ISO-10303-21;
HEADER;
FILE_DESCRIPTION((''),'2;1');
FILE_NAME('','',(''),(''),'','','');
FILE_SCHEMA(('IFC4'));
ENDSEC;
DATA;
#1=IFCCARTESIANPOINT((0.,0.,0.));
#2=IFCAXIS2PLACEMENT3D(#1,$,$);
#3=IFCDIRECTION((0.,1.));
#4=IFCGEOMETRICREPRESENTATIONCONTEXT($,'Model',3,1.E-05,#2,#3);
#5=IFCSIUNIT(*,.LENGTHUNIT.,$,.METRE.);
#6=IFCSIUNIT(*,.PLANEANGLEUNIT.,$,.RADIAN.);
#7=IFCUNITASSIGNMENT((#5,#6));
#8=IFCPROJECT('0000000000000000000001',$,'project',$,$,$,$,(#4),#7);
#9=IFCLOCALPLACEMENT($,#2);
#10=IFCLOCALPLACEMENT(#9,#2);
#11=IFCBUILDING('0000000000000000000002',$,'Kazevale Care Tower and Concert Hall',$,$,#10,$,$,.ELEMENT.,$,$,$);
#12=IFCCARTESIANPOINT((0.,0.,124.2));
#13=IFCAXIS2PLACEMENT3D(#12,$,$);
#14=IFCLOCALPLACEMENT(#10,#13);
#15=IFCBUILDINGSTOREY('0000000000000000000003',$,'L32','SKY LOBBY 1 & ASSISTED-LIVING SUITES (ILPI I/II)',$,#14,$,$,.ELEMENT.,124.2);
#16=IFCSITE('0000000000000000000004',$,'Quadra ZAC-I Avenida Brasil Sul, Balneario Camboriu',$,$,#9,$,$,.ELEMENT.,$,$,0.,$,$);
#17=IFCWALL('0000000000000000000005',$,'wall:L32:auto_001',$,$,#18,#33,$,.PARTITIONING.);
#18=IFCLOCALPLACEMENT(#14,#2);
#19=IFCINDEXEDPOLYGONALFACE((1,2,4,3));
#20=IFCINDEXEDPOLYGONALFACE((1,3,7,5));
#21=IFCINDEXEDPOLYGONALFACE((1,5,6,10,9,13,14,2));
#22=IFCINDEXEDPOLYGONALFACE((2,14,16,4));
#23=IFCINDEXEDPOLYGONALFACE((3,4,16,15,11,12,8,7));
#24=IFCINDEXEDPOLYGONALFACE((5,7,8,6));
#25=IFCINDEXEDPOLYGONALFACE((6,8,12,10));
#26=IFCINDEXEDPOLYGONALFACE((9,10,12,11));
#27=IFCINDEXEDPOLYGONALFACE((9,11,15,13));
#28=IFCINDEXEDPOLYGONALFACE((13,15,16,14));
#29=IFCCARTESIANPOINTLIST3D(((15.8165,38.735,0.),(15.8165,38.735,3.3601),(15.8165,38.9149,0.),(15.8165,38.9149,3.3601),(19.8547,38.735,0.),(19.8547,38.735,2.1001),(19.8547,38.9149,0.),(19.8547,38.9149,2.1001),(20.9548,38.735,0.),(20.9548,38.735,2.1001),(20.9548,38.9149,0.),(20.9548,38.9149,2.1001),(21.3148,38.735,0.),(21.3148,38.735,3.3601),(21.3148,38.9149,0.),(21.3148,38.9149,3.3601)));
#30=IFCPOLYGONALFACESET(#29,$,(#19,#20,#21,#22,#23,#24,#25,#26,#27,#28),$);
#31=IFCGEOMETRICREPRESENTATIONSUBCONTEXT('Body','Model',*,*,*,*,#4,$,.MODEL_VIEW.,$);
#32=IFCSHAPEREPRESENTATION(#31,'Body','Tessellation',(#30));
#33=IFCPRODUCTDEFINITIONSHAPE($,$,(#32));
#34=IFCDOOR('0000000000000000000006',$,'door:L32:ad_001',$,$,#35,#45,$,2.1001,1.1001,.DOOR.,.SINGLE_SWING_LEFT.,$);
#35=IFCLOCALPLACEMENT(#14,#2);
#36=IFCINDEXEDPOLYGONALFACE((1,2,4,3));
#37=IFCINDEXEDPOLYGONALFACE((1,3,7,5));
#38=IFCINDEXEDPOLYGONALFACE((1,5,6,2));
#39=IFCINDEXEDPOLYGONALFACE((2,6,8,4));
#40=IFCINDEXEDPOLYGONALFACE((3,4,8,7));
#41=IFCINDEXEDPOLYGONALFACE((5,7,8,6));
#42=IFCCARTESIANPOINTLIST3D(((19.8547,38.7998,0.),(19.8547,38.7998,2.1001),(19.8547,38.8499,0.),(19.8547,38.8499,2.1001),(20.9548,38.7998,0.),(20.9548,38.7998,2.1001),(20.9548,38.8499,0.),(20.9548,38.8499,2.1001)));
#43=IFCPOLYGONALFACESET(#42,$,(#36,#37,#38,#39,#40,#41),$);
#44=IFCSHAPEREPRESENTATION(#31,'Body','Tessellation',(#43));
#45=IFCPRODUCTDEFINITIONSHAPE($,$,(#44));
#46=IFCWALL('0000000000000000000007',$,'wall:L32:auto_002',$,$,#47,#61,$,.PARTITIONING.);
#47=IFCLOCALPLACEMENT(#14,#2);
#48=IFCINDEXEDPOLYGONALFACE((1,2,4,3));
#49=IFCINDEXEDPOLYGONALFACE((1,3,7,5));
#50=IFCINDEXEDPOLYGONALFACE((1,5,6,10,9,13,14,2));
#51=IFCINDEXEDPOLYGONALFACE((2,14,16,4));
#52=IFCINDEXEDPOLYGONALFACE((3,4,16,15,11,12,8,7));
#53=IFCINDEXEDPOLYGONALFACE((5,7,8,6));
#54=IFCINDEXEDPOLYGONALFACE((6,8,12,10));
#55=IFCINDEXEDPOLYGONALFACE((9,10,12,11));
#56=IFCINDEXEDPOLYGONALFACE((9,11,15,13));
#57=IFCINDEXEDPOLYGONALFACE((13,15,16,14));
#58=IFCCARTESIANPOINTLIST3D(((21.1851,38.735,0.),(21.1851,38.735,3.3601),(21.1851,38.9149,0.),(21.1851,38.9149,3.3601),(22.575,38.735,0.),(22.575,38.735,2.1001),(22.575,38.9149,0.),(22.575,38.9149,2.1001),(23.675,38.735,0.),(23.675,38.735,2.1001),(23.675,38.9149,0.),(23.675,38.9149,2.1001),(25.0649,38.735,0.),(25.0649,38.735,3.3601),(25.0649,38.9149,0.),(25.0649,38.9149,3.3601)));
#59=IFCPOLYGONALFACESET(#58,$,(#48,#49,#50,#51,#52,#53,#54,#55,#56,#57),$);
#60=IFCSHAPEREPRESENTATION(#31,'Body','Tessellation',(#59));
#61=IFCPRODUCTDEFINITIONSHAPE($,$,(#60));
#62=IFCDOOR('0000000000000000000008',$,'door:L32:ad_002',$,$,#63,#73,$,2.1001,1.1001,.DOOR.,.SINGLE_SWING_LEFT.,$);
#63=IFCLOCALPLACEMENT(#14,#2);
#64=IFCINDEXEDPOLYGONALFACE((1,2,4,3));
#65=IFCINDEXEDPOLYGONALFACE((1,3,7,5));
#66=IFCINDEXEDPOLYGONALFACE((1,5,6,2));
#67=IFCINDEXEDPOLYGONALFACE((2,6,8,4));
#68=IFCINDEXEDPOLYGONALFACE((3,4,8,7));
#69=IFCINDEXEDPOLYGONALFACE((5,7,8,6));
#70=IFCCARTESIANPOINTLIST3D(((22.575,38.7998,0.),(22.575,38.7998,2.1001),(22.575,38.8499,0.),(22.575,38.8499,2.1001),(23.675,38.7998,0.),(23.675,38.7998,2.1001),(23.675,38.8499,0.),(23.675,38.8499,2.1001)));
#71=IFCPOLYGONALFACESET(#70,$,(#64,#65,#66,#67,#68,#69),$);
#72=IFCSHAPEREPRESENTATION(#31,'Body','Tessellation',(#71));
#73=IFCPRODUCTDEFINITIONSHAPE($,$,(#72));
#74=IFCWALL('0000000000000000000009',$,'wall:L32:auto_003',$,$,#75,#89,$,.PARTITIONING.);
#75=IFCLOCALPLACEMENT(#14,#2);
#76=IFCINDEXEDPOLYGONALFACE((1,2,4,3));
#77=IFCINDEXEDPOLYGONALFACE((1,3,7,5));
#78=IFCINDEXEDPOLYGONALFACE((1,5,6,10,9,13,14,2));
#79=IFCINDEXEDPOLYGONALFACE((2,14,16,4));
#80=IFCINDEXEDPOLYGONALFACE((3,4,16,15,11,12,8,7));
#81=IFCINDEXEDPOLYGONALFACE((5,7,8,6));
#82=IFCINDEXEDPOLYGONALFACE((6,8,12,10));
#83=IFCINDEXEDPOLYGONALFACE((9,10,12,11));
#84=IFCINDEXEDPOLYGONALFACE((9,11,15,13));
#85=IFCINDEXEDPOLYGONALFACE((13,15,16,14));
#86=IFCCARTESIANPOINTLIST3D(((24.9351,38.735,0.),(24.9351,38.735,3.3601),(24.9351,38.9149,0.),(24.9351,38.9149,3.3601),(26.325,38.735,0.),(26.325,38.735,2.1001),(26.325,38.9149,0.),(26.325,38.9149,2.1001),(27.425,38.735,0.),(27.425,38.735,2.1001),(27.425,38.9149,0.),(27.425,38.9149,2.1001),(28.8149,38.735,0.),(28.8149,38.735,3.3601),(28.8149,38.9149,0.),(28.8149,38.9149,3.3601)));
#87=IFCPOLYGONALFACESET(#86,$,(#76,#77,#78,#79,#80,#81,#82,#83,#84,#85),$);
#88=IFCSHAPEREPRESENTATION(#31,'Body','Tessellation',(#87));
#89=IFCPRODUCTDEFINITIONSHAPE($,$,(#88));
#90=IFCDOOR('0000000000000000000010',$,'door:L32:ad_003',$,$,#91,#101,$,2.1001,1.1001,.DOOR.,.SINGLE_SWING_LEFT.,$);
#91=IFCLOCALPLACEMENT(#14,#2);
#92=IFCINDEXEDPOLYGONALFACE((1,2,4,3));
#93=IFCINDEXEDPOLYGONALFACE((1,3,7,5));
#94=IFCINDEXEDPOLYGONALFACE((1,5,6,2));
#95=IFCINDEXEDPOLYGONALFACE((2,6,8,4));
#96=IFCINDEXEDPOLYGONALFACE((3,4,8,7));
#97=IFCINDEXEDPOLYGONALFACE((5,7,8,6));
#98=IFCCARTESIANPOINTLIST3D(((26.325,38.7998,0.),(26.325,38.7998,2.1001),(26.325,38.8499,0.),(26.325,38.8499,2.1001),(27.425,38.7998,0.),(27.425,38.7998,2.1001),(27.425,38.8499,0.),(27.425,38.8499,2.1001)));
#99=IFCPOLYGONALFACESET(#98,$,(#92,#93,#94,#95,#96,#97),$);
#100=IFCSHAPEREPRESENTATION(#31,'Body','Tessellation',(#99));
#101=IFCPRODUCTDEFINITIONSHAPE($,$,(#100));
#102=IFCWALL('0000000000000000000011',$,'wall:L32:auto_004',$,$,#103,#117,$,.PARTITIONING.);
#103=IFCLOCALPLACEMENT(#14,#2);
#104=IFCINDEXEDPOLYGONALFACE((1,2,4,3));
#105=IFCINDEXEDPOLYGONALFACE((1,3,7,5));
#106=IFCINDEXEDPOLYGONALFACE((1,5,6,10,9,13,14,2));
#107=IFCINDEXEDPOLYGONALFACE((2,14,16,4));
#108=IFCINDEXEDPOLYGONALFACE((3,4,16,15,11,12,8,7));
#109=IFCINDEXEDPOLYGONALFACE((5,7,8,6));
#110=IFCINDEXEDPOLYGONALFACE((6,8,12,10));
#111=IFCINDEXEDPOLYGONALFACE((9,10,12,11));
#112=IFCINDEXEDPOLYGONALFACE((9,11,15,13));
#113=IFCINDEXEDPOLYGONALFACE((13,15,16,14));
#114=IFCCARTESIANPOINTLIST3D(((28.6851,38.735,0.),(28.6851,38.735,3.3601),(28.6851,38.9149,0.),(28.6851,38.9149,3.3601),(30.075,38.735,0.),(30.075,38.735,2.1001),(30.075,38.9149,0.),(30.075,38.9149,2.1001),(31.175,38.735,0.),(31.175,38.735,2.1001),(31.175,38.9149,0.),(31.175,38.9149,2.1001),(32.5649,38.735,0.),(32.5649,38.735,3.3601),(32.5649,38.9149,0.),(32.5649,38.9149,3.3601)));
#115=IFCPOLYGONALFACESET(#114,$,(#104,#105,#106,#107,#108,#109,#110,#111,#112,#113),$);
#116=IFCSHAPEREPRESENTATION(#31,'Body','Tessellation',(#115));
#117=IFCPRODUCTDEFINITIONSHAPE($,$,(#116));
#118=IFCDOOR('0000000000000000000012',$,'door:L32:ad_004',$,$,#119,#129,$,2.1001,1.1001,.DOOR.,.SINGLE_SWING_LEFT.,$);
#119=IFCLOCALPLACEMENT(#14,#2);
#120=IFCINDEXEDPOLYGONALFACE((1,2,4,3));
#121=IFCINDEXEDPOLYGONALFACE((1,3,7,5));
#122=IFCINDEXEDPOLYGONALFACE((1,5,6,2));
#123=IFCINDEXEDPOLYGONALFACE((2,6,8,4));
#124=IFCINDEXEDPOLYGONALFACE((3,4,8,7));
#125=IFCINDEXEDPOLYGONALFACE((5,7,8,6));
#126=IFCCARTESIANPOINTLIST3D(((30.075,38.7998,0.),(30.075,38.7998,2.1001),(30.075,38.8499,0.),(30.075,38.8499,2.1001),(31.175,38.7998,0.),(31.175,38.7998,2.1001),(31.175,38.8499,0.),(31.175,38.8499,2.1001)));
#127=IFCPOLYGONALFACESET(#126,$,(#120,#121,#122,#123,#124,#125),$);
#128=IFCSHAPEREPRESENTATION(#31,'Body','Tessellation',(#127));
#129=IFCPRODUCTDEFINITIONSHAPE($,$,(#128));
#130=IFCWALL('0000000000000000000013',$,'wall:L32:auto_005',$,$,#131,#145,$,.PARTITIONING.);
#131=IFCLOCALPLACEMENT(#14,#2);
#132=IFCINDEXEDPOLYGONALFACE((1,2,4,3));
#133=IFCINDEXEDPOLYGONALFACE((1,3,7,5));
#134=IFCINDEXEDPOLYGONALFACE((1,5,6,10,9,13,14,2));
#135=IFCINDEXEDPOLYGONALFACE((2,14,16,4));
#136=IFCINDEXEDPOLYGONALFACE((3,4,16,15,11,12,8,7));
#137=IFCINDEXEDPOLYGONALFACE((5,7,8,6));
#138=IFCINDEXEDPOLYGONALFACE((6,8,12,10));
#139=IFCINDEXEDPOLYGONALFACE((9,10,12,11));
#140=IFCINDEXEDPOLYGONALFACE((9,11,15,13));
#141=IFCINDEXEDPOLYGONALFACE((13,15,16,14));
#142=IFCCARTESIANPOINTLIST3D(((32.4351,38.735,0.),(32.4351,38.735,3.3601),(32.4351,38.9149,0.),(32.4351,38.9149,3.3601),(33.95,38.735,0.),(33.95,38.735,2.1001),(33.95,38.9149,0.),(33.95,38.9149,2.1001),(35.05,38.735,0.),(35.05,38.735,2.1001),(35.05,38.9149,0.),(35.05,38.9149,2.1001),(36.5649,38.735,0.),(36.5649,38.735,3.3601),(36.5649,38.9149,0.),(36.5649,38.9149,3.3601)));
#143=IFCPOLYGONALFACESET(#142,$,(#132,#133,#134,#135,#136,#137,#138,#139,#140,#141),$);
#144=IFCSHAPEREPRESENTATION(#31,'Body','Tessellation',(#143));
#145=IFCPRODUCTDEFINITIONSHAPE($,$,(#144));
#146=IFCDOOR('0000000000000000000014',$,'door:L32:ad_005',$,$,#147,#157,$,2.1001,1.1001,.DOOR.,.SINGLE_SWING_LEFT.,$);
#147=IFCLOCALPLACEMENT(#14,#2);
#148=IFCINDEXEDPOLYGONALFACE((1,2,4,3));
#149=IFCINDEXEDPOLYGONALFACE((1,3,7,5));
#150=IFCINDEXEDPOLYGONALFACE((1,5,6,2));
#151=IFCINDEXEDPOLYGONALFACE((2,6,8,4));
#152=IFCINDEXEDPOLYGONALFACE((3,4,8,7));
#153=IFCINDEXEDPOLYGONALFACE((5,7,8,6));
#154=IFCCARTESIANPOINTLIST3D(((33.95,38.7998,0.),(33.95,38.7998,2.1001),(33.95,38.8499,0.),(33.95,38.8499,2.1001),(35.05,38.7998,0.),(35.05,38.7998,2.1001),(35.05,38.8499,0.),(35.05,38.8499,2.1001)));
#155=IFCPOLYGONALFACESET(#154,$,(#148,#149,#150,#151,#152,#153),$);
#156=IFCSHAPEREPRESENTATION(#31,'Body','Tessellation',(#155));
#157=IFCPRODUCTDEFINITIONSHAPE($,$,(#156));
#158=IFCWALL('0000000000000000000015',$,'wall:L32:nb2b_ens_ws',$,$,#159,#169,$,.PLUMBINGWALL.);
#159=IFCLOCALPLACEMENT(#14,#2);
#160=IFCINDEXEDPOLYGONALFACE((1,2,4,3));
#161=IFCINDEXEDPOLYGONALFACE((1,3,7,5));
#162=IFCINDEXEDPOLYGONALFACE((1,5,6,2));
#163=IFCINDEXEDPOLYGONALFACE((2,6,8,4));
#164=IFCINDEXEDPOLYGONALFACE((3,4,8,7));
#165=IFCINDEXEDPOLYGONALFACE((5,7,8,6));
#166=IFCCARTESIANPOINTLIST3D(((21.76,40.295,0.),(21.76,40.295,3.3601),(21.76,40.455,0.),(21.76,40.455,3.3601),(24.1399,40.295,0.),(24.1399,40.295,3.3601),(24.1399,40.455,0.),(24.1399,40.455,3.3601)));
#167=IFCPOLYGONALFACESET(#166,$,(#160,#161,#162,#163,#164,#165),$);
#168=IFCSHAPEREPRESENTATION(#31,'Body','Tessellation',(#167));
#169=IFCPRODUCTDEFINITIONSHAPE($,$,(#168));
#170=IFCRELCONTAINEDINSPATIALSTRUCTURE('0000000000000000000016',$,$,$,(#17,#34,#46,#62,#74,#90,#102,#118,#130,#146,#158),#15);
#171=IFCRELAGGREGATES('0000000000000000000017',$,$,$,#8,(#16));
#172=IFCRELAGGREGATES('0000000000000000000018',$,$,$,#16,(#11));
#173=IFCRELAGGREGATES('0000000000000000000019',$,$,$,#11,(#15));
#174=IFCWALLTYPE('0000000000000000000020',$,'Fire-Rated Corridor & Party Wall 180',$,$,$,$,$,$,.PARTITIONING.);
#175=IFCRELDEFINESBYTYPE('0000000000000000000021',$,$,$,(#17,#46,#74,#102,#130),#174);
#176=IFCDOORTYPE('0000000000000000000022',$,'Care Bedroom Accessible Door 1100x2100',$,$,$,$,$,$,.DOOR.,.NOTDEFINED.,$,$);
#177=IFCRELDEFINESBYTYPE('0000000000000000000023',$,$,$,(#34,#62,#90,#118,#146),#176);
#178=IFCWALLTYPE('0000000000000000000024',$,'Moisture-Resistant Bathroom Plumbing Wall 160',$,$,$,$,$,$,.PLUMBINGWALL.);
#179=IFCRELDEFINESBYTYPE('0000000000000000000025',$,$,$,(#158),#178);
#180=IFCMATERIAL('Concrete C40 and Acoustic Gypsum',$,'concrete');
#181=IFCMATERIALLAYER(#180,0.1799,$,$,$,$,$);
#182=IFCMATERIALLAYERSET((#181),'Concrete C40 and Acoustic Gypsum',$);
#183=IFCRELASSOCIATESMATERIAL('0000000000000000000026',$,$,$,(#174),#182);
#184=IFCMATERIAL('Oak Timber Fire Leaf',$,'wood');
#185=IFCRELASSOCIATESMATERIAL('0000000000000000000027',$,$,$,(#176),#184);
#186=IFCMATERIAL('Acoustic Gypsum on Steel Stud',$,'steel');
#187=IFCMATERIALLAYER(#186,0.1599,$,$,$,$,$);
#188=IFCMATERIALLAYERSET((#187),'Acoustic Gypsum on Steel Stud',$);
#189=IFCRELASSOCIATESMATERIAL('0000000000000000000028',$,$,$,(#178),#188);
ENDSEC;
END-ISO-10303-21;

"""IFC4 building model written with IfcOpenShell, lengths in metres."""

from ifc_helpers import new_model, si_unit, direction, frame, frame_2d, origin, place, context, subcontext, project, spatial, rectangle, extrude, material, layer, layer_set, type_object, element, fill, save


model = new_model("IFC4")

# Units and contexts
model_context = context("Model", 3, precision=1e-05, world=origin(), true_north=direction((0.0, 1.0)))
body_context = subcontext(model_context, "Body", "Model", "MODEL_VIEW")
ifc_project = project(units=[si_unit("LENGTHUNIT", "METRE"), si_unit("PLANEANGLEUNIT", "RADIAN")], contexts=[model_context])

# Site, building, storey
site_placement = place(None, origin())
site = spatial("IfcSite", under=ifc_project, at=site_placement, Name="Quadra ZAC-I Avenida Brasil Sul, Balneario Camboriu", CompositionType="ELEMENT", RefElevation=0.0)
building_placement = place(site_placement, origin())
building = spatial("IfcBuilding", under=site, at=building_placement, Name="Kazevale Care Tower and Concert Hall", CompositionType="ELEMENT")
storey_placement = place(building_placement, frame((0.0, 0.0, 124.2)))
storey = spatial("IfcBuildingStorey", under=building, at=storey_placement, Name="L32", Description="SKY LOBBY 1 & ASSISTED-LIVING SUITES (ILPI I/II)", CompositionType="ELEMENT", Elevation=124.2)

# Walls, openings, doors
ifc_material_1 = material(Name="Concrete C40 and Acoustic Gypsum", Category="concrete")
ifc_layer_1 = layer(ifc_material_1, 0.1799)
ifc_layer_set_1 = layer_set([ifc_layer_1], Name="Concrete C40 and Acoustic Gypsum")
wall_type_1 = type_object("IfcWallType", Name="Fire-Rated Corridor & Party Wall 180", PredefinedType="PARTITIONING", material=ifc_layer_set_1)
wall_1_placement = place(storey_placement, frame((15.8167, 38.825, 0.0), z_axis=(0.0, 0.0, 1.0), x_axis=(1.0, 0.0, 0.0)))
wall_1 = element("IfcWall", 1, at=wall_1_placement, inside=storey, type_object=wall_type_1, Name="wall:L32:auto_001", PredefinedType="PARTITIONING", context=body_context, shape_type="SweptSolid", body=[
    extrude(rectangle(XDim=5.4983, YDim=0.1799, at=frame_2d((2.749, 0.0))), origin(), (0.0, 0.0, 1.0), 3.3601),
])
opening_1_placement = place(wall_1_placement, frame((4.0381, 0.0, 0.0)))
opening_1 = element("IfcOpeningElement", 2, at=opening_1_placement, cuts=wall_1, PredefinedType="OPENING", context=body_context, shape_type="SweptSolid", body=[
    extrude(rectangle(XDim=1.1001, YDim=2.1001, at=frame_2d((0.55, 1.05))), frame((0.0, 0.0999, 0.0), z_axis=(0.0, -1.0, 0.0), x_axis=(1.0, 0.0, 0.0)), (0.0, 0.0, 1.0), 0.2),
])
ifc_material_2 = material(Name="Oak Timber Fire Leaf", Category="wood")
door_type_1 = type_object("IfcDoorType", Name="Care Bedroom Accessible Door 1100x2100", OperationType="NOTDEFINED", PredefinedType="DOOR", material=ifc_material_2)
door_1_placement = place(opening_1_placement, origin())
door_1 = element("IfcDoor", 3, at=door_1_placement, inside=storey, type_object=door_type_1, Name="door:L32:ad_001", OperationType="SINGLE_SWING_LEFT", OverallHeight=2.1001, OverallWidth=1.1001, PredefinedType="DOOR", context=body_context, shape_type="SweptSolid", body=[
    extrude(rectangle(XDim=1.1001, YDim=2.1001, at=frame_2d((0.55, 1.05))), frame((0.0, 0.0249, 0.0), z_axis=(0.0, -1.0, 0.0), x_axis=(1.0, 0.0, 0.0)), (0.0, 0.0, 1.0), 0.05),
])
fill(opening_1, door_1)
wall_2_placement = place(storey_placement, frame((21.1851, 38.825, 0.0), z_axis=(0.0, 0.0, 1.0), x_axis=(1.0, 0.0, 0.0)))
wall_2 = element("IfcWall", 4, at=wall_2_placement, inside=storey, type_object=wall_type_1, Name="wall:L32:auto_002", PredefinedType="PARTITIONING", context=body_context, shape_type="SweptSolid", body=[
    extrude(rectangle(XDim=3.8799, YDim=0.1799, at=frame_2d((1.9399, 0.0))), origin(), (0.0, 0.0, 1.0), 3.3601),
])
opening_2_placement = place(wall_2_placement, frame((1.3899, 0.0, 0.0)))
opening_2 = element("IfcOpeningElement", 5, at=opening_2_placement, cuts=wall_2, PredefinedType="OPENING", context=body_context, shape_type="SweptSolid", body=[
    extrude(rectangle(XDim=1.1001, YDim=2.1001, at=frame_2d((0.55, 1.05))), frame((0.0, 0.0999, 0.0), z_axis=(0.0, -1.0, 0.0), x_axis=(1.0, 0.0, 0.0)), (0.0, 0.0, 1.0), 0.2),
])
door_2_placement = place(opening_2_placement, origin())
door_2 = element("IfcDoor", 6, at=door_2_placement, inside=storey, type_object=door_type_1, Name="door:L32:ad_002", OperationType="SINGLE_SWING_LEFT", OverallHeight=2.1001, OverallWidth=1.1001, PredefinedType="DOOR", context=body_context, shape_type="SweptSolid", body=[
    extrude(rectangle(XDim=1.1001, YDim=2.1001, at=frame_2d((0.55, 1.05))), frame((0.0, 0.0249, 0.0), z_axis=(0.0, -1.0, 0.0), x_axis=(1.0, 0.0, 0.0)), (0.0, 0.0, 1.0), 0.05),
])
fill(opening_2, door_2)
wall_3_placement = place(storey_placement, frame((24.9351, 38.825, 0.0), z_axis=(0.0, 0.0, 1.0), x_axis=(1.0, 0.0, 0.0)))
wall_3 = element("IfcWall", 7, at=wall_3_placement, inside=storey, type_object=wall_type_1, Name="wall:L32:auto_003", PredefinedType="PARTITIONING", context=body_context, shape_type="SweptSolid", body=[
    extrude(rectangle(XDim=3.8799, YDim=0.1799, at=frame_2d((1.9399, 0.0))), origin(), (0.0, 0.0, 1.0), 3.3601),
])
opening_3_placement = place(wall_3_placement, frame((1.3899, 0.0, 0.0)))
opening_3 = element("IfcOpeningElement", 8, at=opening_3_placement, cuts=wall_3, PredefinedType="OPENING", context=body_context, shape_type="SweptSolid", body=[
    extrude(rectangle(XDim=1.1001, YDim=2.1001, at=frame_2d((0.55, 1.05))), frame((0.0, 0.0999, 0.0), z_axis=(0.0, -1.0, 0.0), x_axis=(1.0, 0.0, 0.0)), (0.0, 0.0, 1.0), 0.2),
])
door_3_placement = place(opening_3_placement, origin())
door_3 = element("IfcDoor", 9, at=door_3_placement, inside=storey, type_object=door_type_1, Name="door:L32:ad_003", OperationType="SINGLE_SWING_LEFT", OverallHeight=2.1001, OverallWidth=1.1001, PredefinedType="DOOR", context=body_context, shape_type="SweptSolid", body=[
    extrude(rectangle(XDim=1.1001, YDim=2.1001, at=frame_2d((0.55, 1.05))), frame((0.0, 0.0249, 0.0), z_axis=(0.0, -1.0, 0.0), x_axis=(1.0, 0.0, 0.0)), (0.0, 0.0, 1.0), 0.05),
])
fill(opening_3, door_3)
wall_4_placement = place(storey_placement, frame((28.6851, 38.825, 0.0), z_axis=(0.0, 0.0, 1.0), x_axis=(1.0, 0.0, 0.0)))
wall_4 = element("IfcWall", 10, at=wall_4_placement, inside=storey, type_object=wall_type_1, Name="wall:L32:auto_004", PredefinedType="PARTITIONING", context=body_context, shape_type="SweptSolid", body=[
    extrude(rectangle(XDim=3.8799, YDim=0.1799, at=frame_2d((1.9399, 0.0))), origin(), (0.0, 0.0, 1.0), 3.3601),
])
opening_4_placement = place(wall_4_placement, frame((1.3899, 0.0, 0.0)))
opening_4 = element("IfcOpeningElement", 11, at=opening_4_placement, cuts=wall_4, PredefinedType="OPENING", context=body_context, shape_type="SweptSolid", body=[
    extrude(rectangle(XDim=1.1001, YDim=2.1001, at=frame_2d((0.55, 1.05))), frame((0.0, 0.0999, 0.0), z_axis=(0.0, -1.0, 0.0), x_axis=(1.0, 0.0, 0.0)), (0.0, 0.0, 1.0), 0.2),
])
door_4_placement = place(opening_4_placement, origin())
door_4 = element("IfcDoor", 12, at=door_4_placement, inside=storey, type_object=door_type_1, Name="door:L32:ad_004", OperationType="SINGLE_SWING_LEFT", OverallHeight=2.1001, OverallWidth=1.1001, PredefinedType="DOOR", context=body_context, shape_type="SweptSolid", body=[
    extrude(rectangle(XDim=1.1001, YDim=2.1001, at=frame_2d((0.55, 1.05))), frame((0.0, 0.0249, 0.0), z_axis=(0.0, -1.0, 0.0), x_axis=(1.0, 0.0, 0.0)), (0.0, 0.0, 1.0), 0.05),
])
fill(opening_4, door_4)
wall_5_placement = place(storey_placement, frame((32.4351, 38.825, 0.0), z_axis=(0.0, 0.0, 1.0), x_axis=(1.0, 0.0, 0.0)))
wall_5 = element("IfcWall", 13, at=wall_5_placement, inside=storey, type_object=wall_type_1, Name="wall:L32:auto_005", PredefinedType="PARTITIONING", context=body_context, shape_type="SweptSolid", body=[
    extrude(rectangle(XDim=4.1299, YDim=0.1799, at=frame_2d((2.0649, 0.0))), origin(), (0.0, 0.0, 1.0), 3.3601),
])
opening_5_placement = place(wall_5_placement, frame((1.5149, 0.0, 0.0)))
opening_5 = element("IfcOpeningElement", 14, at=opening_5_placement, cuts=wall_5, PredefinedType="OPENING", context=body_context, shape_type="SweptSolid", body=[
    extrude(rectangle(XDim=1.1001, YDim=2.1001, at=frame_2d((0.55, 1.05))), frame((0.0, 0.0999, 0.0), z_axis=(0.0, -1.0, 0.0), x_axis=(1.0, 0.0, 0.0)), (0.0, 0.0, 1.0), 0.2),
])
door_5_placement = place(opening_5_placement, origin())
door_5 = element("IfcDoor", 15, at=door_5_placement, inside=storey, type_object=door_type_1, Name="door:L32:ad_005", OperationType="SINGLE_SWING_LEFT", OverallHeight=2.1001, OverallWidth=1.1001, PredefinedType="DOOR", context=body_context, shape_type="SweptSolid", body=[
    extrude(rectangle(XDim=1.1001, YDim=2.1001, at=frame_2d((0.55, 1.05))), frame((0.0, 0.0249, 0.0), z_axis=(0.0, -1.0, 0.0), x_axis=(1.0, 0.0, 0.0)), (0.0, 0.0, 1.0), 0.05),
])
fill(opening_5, door_5)

# Wall
ifc_material_3 = material(Name="Acoustic Gypsum on Steel Stud", Category="steel")
ifc_layer_2 = layer(ifc_material_3, 0.1599)
ifc_layer_set_2 = layer_set([ifc_layer_2], Name="Acoustic Gypsum on Steel Stud")
wall_type_2 = type_object("IfcWallType", Name="Moisture-Resistant Bathroom Plumbing Wall 160", PredefinedType="PLUMBINGWALL", material=ifc_layer_set_2)
wall_6_placement = place(storey_placement, frame((21.76, 40.375, 0.0), z_axis=(0.0, 0.0, 1.0), x_axis=(1.0, 0.0, 0.0)))
element("IfcWall", 16, at=wall_6_placement, inside=storey, type_object=wall_type_2, Name="wall:L32:nb2b_ens_ws", PredefinedType="PLUMBINGWALL", context=body_context, shape_type="SweptSolid", body=[
    extrude(rectangle(XDim=2.3799, YDim=0.1599, at=frame_2d((1.1899, 0.0))), origin(), (0.0, 0.0, 1.0), 3.3601),
])

save(model, "model.ifc")
